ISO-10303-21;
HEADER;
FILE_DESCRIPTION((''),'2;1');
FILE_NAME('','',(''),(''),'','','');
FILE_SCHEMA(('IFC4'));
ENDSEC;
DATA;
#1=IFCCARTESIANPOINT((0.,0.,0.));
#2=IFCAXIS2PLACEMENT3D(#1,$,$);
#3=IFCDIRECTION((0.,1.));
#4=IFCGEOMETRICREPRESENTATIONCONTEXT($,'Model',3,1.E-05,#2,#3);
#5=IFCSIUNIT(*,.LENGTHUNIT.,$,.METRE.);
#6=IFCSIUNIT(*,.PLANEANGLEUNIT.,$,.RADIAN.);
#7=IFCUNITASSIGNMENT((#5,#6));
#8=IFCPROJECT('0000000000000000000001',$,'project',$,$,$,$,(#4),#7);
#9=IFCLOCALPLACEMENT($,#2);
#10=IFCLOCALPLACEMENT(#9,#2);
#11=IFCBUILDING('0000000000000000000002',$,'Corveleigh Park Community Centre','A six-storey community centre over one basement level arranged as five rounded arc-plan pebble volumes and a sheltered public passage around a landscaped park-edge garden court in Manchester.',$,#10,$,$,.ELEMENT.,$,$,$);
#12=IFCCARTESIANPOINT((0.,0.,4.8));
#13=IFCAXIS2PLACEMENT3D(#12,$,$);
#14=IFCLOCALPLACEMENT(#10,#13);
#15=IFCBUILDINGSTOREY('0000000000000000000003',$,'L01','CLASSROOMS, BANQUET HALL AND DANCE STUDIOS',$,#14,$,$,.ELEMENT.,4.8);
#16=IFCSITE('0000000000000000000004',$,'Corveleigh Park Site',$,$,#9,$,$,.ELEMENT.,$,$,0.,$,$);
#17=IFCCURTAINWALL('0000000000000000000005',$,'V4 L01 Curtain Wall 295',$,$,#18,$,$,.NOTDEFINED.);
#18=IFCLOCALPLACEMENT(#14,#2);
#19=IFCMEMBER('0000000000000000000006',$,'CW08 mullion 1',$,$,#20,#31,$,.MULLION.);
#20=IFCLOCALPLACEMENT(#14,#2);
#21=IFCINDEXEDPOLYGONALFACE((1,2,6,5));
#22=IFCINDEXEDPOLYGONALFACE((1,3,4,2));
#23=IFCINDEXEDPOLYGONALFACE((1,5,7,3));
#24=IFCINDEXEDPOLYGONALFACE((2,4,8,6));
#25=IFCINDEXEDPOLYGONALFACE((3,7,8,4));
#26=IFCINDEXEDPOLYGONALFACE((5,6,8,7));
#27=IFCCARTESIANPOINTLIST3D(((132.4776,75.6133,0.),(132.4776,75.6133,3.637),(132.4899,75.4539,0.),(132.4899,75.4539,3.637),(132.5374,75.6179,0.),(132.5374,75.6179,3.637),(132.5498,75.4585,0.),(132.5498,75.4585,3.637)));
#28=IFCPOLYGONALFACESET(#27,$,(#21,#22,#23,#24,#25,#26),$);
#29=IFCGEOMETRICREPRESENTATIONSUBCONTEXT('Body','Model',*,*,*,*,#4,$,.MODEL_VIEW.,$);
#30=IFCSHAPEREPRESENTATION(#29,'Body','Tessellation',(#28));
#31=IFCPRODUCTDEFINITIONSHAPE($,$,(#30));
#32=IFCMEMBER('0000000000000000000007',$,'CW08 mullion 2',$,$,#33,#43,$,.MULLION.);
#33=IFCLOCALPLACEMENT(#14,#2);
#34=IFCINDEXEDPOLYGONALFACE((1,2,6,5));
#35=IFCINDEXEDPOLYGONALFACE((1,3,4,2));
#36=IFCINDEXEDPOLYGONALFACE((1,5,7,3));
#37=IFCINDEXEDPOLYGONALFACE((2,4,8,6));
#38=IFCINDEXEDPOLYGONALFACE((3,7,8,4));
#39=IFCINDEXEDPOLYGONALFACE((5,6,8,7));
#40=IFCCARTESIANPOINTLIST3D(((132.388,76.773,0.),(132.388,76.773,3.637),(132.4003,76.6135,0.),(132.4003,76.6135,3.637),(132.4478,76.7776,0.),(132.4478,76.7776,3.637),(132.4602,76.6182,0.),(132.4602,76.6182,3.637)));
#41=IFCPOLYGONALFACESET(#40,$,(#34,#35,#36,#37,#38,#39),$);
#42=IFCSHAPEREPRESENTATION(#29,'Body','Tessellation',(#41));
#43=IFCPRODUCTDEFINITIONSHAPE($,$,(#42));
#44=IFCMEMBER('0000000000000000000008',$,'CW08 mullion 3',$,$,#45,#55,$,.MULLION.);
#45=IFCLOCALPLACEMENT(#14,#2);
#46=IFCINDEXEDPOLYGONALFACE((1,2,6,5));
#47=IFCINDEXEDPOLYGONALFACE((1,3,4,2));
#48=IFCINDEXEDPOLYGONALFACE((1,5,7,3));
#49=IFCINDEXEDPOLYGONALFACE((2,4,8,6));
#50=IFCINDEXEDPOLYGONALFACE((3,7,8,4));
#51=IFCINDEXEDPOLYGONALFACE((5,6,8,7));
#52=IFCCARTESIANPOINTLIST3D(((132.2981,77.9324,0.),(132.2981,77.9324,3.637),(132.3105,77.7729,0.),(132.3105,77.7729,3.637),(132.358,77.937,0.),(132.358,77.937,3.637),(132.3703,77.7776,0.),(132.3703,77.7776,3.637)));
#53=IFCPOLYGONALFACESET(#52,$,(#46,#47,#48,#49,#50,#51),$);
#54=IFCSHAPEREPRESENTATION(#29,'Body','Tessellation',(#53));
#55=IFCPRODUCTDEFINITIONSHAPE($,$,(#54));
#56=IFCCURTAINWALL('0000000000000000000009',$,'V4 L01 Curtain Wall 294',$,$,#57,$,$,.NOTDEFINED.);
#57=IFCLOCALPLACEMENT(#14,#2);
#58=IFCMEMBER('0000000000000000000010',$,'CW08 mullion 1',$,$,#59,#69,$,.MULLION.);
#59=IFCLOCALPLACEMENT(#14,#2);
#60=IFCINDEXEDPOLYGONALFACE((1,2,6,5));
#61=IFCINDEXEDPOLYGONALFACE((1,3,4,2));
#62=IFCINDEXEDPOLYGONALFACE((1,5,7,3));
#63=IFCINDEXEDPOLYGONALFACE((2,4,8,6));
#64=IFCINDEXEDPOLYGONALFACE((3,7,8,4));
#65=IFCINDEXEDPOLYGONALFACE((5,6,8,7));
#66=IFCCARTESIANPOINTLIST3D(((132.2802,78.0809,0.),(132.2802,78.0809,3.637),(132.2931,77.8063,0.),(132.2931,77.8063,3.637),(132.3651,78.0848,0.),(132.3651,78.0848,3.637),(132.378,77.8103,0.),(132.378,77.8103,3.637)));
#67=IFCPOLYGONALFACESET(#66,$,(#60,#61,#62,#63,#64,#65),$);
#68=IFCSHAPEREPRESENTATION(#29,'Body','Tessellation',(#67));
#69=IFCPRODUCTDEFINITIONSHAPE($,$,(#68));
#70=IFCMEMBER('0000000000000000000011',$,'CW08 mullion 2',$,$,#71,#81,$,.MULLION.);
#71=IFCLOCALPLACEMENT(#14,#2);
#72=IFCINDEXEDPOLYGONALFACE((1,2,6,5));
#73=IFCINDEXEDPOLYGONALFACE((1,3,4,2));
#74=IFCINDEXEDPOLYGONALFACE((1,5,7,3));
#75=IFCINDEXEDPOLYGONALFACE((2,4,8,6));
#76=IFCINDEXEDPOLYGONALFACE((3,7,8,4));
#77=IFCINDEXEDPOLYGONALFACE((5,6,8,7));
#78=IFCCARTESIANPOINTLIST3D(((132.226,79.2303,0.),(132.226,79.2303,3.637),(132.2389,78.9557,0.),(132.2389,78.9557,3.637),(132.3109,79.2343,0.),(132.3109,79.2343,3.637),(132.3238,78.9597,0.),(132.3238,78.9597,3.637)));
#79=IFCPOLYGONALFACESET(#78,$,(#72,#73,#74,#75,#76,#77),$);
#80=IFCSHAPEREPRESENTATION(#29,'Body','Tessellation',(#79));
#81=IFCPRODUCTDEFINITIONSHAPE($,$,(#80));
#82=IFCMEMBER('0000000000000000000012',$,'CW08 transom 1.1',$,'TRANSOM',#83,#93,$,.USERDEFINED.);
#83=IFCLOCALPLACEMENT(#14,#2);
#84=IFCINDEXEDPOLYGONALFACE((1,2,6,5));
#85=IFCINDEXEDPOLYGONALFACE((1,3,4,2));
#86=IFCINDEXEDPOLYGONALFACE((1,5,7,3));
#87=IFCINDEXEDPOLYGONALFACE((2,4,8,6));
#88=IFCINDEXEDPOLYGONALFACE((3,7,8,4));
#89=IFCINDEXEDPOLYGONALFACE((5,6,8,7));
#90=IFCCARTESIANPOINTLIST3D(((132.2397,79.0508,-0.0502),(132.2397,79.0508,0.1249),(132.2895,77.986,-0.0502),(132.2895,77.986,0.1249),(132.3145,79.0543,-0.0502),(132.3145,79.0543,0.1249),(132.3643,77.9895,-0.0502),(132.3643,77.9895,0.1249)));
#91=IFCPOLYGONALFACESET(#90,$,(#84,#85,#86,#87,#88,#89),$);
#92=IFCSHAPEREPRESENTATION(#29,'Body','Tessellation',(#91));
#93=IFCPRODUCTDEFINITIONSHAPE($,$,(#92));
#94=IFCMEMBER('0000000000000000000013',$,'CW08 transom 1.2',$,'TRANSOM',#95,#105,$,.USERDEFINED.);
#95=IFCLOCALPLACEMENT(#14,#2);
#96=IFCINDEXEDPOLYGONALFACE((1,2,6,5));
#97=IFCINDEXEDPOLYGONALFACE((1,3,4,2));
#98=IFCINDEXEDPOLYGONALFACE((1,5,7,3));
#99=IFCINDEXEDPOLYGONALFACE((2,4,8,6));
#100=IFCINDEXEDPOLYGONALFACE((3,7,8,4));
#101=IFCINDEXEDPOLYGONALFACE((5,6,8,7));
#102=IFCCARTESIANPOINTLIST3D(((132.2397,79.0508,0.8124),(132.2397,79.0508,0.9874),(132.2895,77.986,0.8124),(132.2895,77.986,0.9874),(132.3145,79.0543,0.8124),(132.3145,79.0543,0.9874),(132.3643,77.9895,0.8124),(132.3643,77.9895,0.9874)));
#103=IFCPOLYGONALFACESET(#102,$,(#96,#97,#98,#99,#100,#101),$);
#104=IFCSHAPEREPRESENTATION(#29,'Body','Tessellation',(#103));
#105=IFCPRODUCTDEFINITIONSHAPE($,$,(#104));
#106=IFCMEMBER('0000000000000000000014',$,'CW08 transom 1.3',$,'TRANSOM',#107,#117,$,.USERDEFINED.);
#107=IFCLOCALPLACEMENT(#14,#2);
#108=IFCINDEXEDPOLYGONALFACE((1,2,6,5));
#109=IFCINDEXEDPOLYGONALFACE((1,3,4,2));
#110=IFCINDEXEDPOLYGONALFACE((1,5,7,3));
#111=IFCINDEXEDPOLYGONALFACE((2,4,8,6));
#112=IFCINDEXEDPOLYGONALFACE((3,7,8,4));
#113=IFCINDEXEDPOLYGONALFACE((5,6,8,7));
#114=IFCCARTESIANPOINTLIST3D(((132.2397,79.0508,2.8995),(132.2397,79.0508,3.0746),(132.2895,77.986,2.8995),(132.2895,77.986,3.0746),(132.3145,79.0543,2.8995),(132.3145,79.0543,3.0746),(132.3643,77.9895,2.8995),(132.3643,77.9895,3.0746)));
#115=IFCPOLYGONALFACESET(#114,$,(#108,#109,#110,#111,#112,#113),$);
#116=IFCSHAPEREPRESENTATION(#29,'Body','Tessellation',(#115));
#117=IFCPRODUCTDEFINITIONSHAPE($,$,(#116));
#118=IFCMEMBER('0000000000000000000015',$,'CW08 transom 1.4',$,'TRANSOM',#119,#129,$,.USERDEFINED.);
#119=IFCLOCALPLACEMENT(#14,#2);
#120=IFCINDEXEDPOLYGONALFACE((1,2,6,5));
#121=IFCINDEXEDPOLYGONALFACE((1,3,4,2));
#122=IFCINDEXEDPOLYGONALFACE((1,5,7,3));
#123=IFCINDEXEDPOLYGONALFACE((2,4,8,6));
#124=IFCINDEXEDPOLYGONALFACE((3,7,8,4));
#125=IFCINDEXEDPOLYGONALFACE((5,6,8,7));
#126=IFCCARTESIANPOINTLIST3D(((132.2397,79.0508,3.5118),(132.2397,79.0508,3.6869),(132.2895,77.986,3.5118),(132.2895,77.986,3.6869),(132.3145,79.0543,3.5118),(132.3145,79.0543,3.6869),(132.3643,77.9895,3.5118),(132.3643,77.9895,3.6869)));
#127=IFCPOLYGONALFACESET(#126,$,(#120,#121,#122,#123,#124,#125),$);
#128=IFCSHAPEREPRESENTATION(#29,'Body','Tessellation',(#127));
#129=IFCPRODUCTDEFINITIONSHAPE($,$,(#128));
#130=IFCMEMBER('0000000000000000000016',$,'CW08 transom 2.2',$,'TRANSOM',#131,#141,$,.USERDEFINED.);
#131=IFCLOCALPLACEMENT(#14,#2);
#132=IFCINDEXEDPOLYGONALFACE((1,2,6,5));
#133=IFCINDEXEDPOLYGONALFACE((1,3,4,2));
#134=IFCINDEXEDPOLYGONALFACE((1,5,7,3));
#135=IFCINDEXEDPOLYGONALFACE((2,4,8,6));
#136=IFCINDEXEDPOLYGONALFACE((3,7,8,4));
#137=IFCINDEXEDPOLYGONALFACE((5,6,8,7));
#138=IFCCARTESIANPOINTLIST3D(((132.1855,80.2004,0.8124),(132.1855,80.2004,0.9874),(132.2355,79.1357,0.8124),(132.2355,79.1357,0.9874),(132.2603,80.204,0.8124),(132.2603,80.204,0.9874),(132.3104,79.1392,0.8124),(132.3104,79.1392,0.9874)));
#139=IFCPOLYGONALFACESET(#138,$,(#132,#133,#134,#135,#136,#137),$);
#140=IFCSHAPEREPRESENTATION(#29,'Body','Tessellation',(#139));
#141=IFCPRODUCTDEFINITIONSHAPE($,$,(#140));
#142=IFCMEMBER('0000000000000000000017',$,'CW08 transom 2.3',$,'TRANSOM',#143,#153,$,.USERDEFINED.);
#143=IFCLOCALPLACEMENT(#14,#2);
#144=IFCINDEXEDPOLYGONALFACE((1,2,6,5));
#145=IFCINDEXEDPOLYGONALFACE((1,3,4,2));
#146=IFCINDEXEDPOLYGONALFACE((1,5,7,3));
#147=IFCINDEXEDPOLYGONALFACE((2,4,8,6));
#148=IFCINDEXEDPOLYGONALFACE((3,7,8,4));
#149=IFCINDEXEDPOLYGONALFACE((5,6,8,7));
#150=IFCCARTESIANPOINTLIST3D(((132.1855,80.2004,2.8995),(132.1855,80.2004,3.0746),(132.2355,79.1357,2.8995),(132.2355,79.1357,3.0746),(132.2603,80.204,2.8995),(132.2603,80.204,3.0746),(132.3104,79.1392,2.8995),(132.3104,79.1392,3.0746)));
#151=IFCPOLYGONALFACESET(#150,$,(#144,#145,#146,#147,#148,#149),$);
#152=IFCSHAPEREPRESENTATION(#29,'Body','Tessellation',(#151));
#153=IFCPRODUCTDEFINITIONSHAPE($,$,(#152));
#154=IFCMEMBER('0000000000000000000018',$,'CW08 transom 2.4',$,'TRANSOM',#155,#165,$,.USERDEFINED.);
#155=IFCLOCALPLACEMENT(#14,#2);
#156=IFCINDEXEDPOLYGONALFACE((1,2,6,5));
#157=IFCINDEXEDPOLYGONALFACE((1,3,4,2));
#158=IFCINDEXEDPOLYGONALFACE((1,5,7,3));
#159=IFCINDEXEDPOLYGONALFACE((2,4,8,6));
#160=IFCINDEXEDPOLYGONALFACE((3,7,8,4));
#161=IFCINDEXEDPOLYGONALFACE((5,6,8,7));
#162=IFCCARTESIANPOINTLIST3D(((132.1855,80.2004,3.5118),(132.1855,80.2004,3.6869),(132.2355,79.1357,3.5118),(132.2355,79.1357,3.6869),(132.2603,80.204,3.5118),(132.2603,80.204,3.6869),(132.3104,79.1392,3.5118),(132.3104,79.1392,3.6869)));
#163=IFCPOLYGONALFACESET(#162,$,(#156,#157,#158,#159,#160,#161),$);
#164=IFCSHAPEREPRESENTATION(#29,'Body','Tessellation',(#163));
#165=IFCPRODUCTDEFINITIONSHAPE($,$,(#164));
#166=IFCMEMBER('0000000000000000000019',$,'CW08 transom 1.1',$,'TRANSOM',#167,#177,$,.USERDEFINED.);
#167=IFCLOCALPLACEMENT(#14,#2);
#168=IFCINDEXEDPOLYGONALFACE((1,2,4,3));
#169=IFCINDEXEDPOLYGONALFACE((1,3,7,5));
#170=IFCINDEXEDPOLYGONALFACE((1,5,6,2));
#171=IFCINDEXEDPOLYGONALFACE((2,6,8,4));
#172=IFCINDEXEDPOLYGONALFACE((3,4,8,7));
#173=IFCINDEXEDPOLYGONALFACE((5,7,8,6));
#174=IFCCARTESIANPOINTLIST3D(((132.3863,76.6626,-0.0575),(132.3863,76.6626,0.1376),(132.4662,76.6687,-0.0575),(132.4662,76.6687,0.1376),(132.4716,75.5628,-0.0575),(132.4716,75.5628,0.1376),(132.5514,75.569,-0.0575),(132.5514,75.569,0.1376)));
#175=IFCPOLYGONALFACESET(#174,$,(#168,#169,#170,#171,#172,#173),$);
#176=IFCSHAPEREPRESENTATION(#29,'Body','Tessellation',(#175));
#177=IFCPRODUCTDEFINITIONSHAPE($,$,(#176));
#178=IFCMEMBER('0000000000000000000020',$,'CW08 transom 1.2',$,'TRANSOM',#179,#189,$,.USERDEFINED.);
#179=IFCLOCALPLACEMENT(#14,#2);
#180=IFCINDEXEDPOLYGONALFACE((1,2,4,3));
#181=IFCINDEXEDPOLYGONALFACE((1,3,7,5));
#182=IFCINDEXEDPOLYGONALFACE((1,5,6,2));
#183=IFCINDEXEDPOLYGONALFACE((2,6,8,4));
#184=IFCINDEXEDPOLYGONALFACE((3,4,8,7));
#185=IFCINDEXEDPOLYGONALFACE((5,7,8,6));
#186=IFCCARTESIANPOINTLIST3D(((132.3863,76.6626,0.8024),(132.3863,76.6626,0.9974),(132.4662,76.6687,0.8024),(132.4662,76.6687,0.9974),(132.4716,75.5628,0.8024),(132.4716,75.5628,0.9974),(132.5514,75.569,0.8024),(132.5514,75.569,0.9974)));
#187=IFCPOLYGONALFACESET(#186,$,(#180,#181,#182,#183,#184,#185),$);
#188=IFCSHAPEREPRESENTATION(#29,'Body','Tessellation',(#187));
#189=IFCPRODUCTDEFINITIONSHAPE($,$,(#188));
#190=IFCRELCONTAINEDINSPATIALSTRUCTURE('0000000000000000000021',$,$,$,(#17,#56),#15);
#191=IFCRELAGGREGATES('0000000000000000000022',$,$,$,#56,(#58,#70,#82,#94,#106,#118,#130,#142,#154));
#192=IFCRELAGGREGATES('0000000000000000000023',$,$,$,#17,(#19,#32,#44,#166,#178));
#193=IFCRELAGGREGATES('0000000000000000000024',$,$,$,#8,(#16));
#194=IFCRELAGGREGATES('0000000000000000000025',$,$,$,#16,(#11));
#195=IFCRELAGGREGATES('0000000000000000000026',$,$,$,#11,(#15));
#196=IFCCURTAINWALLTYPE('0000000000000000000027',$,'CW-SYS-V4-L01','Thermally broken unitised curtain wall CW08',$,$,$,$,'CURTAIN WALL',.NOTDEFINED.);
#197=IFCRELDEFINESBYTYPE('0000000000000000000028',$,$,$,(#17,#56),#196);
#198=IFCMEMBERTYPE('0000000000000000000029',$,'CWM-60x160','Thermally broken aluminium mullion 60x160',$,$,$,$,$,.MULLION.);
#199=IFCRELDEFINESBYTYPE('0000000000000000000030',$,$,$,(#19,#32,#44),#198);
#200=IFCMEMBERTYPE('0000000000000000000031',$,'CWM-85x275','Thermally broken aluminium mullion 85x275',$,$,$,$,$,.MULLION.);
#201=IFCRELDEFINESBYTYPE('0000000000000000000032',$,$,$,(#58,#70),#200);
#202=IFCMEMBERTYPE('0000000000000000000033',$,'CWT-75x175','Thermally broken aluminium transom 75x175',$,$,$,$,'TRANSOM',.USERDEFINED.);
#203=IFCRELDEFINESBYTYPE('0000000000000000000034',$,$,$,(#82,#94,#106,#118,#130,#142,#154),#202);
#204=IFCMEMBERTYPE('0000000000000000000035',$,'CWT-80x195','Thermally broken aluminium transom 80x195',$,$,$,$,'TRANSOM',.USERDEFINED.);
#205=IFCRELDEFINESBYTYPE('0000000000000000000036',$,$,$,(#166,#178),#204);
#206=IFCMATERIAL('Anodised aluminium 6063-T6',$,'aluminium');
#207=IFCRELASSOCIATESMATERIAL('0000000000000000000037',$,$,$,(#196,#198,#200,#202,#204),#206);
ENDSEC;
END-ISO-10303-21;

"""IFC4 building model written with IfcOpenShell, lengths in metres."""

from ifc_helpers import new_model, si_unit, direction, frame, origin, origin_2d, place, context, subcontext, project, spatial, rectangle, extrude, material, material_profile, profile_set, type_object, element, aggregate, save


model = new_model("IFC4")

# Units and contexts
model_context = context("Model", 3, precision=1e-05, world=origin(), true_north=direction((0.0, 1.0)))
body_context = subcontext(model_context, "Body", "Model", "MODEL_VIEW")
ifc_project = project(units=[si_unit("LENGTHUNIT", "METRE"), si_unit("PLANEANGLEUNIT", "RADIAN")], contexts=[model_context])

# Site, building, storey
site_placement = place(None, origin())
site = spatial("IfcSite", under=ifc_project, at=site_placement, Name="Corveleigh Park Site", CompositionType="ELEMENT", RefElevation=0.0)
building_placement = place(site_placement, origin())
building = spatial("IfcBuilding", under=site, at=building_placement, Name="Corveleigh Park Community Centre", Description="A six-storey community centre over one basement level arranged as five rounded arc-plan pebble volumes and a sheltered public passage around a landscaped park-edge garden court in Manchester.", CompositionType="ELEMENT")
storey_placement = place(building_placement, frame((0.0, 0.0, 4.8)))
storey = spatial("IfcBuildingStorey", under=building, at=storey_placement, Name="L01", Description="CLASSROOMS, BANQUET HALL AND DANCE STUDIOS", CompositionType="ELEMENT", Elevation=4.8)

# Curtain walls, members
ifc_material_1 = material(Name="Anodised aluminium 6063-T6", Category="aluminium")
curtain_wall_type = type_object("IfcCurtainWallType", Name="CW-SYS-V4-L01", Description="Thermally broken unitised curtain wall CW08", ElementType="CURTAIN WALL", PredefinedType="NOTDEFINED", material=ifc_material_1)
curtain_wall_1_placement = place(storey_placement, origin())
curtain_wall_1 = element("IfcCurtainWall", 1, at=curtain_wall_1_placement, inside=storey, type_object=curtain_wall_type, Name="V4 L01 Curtain Wall 295", PredefinedType="NOTDEFINED")
ifc_material_profile_1 = material_profile(ifc_material_1, rectangle(XDim=0.0601, YDim=0.1599, at=origin_2d()), Name="ALU-M60x160", Category="aluminium")
ifc_profile_set_1 = profile_set([ifc_material_profile_1], Name="Anodised aluminium 6063-T6")
member_type_1 = type_object("IfcMemberType", Name="CWM-60x160", Description="Thermally broken aluminium mullion 60x160", PredefinedType="MULLION", material=ifc_profile_set_1)
member_1_placement = place(storey_placement, frame((132.5137, 75.5359, 0.0), z_axis=(0.0, 0.0, 1.0), x_axis=(-0.997022, -0.077113, 0.0)))
member_1 = element("IfcMember", 2, at=member_1_placement, type_object=member_type_1, Name="CW08 mullion 1", PredefinedType="MULLION", context=body_context, shape_type="SweptSolid", body=[
    extrude(rectangle(XDim=0.0601, YDim=0.1599, at=origin_2d()), origin(), (0.0, 0.0, 1.0), 3.637),
])
member_2_placement = place(storey_placement, frame((132.4241, 76.6956, 0.0), z_axis=(0.0, 0.0, 1.0), x_axis=(-0.997022, -0.077113, 0.0)))
member_2 = element("IfcMember", 3, at=member_2_placement, type_object=member_type_1, Name="CW08 mullion 2", PredefinedType="MULLION", context=body_context, shape_type="SweptSolid", body=[
    extrude(rectangle(XDim=0.0601, YDim=0.1599, at=origin_2d()), origin(), (0.0, 0.0, 1.0), 3.637),
])
member_3_placement = place(storey_placement, frame((132.3342, 77.855, 0.0), z_axis=(0.0, 0.0, 1.0), x_axis=(-0.997022, -0.077113, 0.0)))
member_3 = element("IfcMember", 4, at=member_3_placement, type_object=member_type_1, Name="CW08 mullion 3", PredefinedType="MULLION", context=body_context, shape_type="SweptSolid", body=[
    extrude(rectangle(XDim=0.0601, YDim=0.1599, at=origin_2d()), origin(), (0.0, 0.0, 1.0), 3.637),
])
curtain_wall_2_placement = place(storey_placement, origin())
curtain_wall_2 = element("IfcCurtainWall", 5, at=curtain_wall_2_placement, inside=storey, type_object=curtain_wall_type, Name="V4 L01 Curtain Wall 294", PredefinedType="NOTDEFINED")
ifc_material_profile_2 = material_profile(ifc_material_1, rectangle(XDim=0.085, YDim=0.2749, at=origin_2d()), Name="ALU-M85x275", Category="aluminium")
ifc_profile_set_2 = profile_set([ifc_material_profile_2], Name="Anodised aluminium 6063-T6")
member_type_2 = type_object("IfcMemberType", Name="CWM-85x275", Description="Thermally broken aluminium mullion 85x275", PredefinedType="MULLION", material=ifc_profile_set_2)
member_4_placement = place(storey_placement, frame((132.3291, 77.9456, 0.0), z_axis=(0.0, 0.0, 1.0), x_axis=(-0.998898, -0.046928, 0.0)))
member_4 = element("IfcMember", 6, at=member_4_placement, type_object=member_type_2, Name="CW08 mullion 1", PredefinedType="MULLION", context=body_context, shape_type="SweptSolid", body=[
    extrude(rectangle(XDim=0.085, YDim=0.2749, at=origin_2d()), origin(), (0.0, 0.0, 1.0), 3.637),
])
member_5_placement = place(storey_placement, frame((132.2749, 79.095, 0.0), z_axis=(0.0, 0.0, 1.0), x_axis=(-0.998898, -0.046928, 0.0)))
member_5 = element("IfcMember", 7, at=member_5_placement, type_object=member_type_2, Name="CW08 mullion 2", PredefinedType="MULLION", context=body_context, shape_type="SweptSolid", body=[
    extrude(rectangle(XDim=0.085, YDim=0.2749, at=origin_2d()), origin(), (0.0, 0.0, 1.0), 3.637),
])
ifc_material_profile_3 = material_profile(ifc_material_1, rectangle(XDim=0.075, YDim=0.175, at=origin_2d()), Name="ALU-T75x175", Category="aluminium")
ifc_profile_set_3 = profile_set([ifc_material_profile_3], Name="Anodised aluminium 6063-T6")
member_type_3 = type_object("IfcMemberType", Name="CWT-75x175", Description="Thermally broken aluminium transom 75x175", ElementType="TRANSOM", PredefinedType="USERDEFINED", material=ifc_profile_set_3)
member_6_placement = place(storey_placement, frame((132.3269, 77.9878, 0.0374), z_axis=(-0.046727, 0.998908, 0.0), x_axis=(-0.998908, -0.046727, 0.0)))
member_6 = element("IfcMember", 8, at=member_6_placement, type_object=member_type_3, Name="CW08 transom 1.1", ObjectType="TRANSOM", PredefinedType="USERDEFINED", context=body_context, shape_type="SweptSolid", body=[
    extrude(rectangle(XDim=0.075, YDim=0.175, at=origin_2d()), origin(), (0.0, 0.0, 1.0), 1.0659),
])
member_7_placement = place(storey_placement, frame((132.3269, 77.9878, 0.8999), z_axis=(-0.046727, 0.998908, 0.0), x_axis=(-0.998908, -0.046727, 0.0)))
member_7 = element("IfcMember", 9, at=member_7_placement, type_object=member_type_3, Name="CW08 transom 1.2", ObjectType="TRANSOM", PredefinedType="USERDEFINED", context=body_context, shape_type="SweptSolid", body=[
    extrude(rectangle(XDim=0.075, YDim=0.175, at=origin_2d()), origin(), (0.0, 0.0, 1.0), 1.0659),
])
member_8_placement = place(storey_placement, frame((132.3269, 77.9878, 2.9871), z_axis=(-0.046727, 0.998908, 0.0), x_axis=(-0.998908, -0.046727, 0.0)))
member_8 = element("IfcMember", 10, at=member_8_placement, type_object=member_type_3, Name="CW08 transom 1.3", ObjectType="TRANSOM", PredefinedType="USERDEFINED", context=body_context, shape_type="SweptSolid", body=[
    extrude(rectangle(XDim=0.075, YDim=0.175, at=origin_2d()), origin(), (0.0, 0.0, 1.0), 1.0659),
])
member_9_placement = place(storey_placement, frame((132.3269, 77.9878, 3.5994), z_axis=(-0.046727, 0.998908, 0.0), x_axis=(-0.998908, -0.046727, 0.0)))
member_9 = element("IfcMember", 11, at=member_9_placement, type_object=member_type_3, Name="CW08 transom 1.4", ObjectType="TRANSOM", PredefinedType="USERDEFINED", context=body_context, shape_type="SweptSolid", body=[
    extrude(rectangle(XDim=0.075, YDim=0.175, at=origin_2d()), origin(), (0.0, 0.0, 1.0), 1.0659),
])
member_10_placement = place(storey_placement, frame((132.2729, 79.1375, 0.8999), z_axis=(-0.046956, 0.998897, 0.0), x_axis=(-0.998897, -0.046956, 0.0)))
member_10 = element("IfcMember", 12, at=member_10_placement, type_object=member_type_3, Name="CW08 transom 2.2", ObjectType="TRANSOM", PredefinedType="USERDEFINED", context=body_context, shape_type="SweptSolid", body=[
    extrude(rectangle(XDim=0.075, YDim=0.175, at=origin_2d()), origin(), (0.0, 0.0, 1.0), 1.0659),
])
member_11_placement = place(storey_placement, frame((132.2729, 79.1375, 2.9871), z_axis=(-0.046956, 0.998897, 0.0), x_axis=(-0.998897, -0.046956, 0.0)))
member_11 = element("IfcMember", 13, at=member_11_placement, type_object=member_type_3, Name="CW08 transom 2.3", ObjectType="TRANSOM", PredefinedType="USERDEFINED", context=body_context, shape_type="SweptSolid", body=[
    extrude(rectangle(XDim=0.075, YDim=0.175, at=origin_2d()), origin(), (0.0, 0.0, 1.0), 1.0659),
])
member_12_placement = place(storey_placement, frame((132.2729, 79.1375, 3.5994), z_axis=(-0.046956, 0.998897, 0.0), x_axis=(-0.998897, -0.046956, 0.0)))
member_12 = element("IfcMember", 14, at=member_12_placement, type_object=member_type_3, Name="CW08 transom 2.4", ObjectType="TRANSOM", PredefinedType="USERDEFINED", context=body_context, shape_type="SweptSolid", body=[
    extrude(rectangle(XDim=0.075, YDim=0.175, at=origin_2d()), origin(), (0.0, 0.0, 1.0), 1.0659),
])

# Members
ifc_material_profile_4 = material_profile(ifc_material_1, rectangle(XDim=0.0801, YDim=0.1951, at=origin_2d()), Name="ALU-T80x195", Category="aluminium")
ifc_profile_set_4 = profile_set([ifc_material_profile_4], Name="Anodised aluminium 6063-T6")
member_type_4 = type_object("IfcMemberType", Name="CWT-80x195", Description="Thermally broken aluminium transom 80x195", ElementType="TRANSOM", PredefinedType="USERDEFINED", material=ifc_profile_set_4)
member_13_placement = place(storey_placement, frame((132.5115, 75.5659, 0.04), z_axis=(-0.077255, 0.997011, 0.0), x_axis=(-0.997011, -0.077255, 0.0)))
member_13 = element("IfcMember", 15, at=member_13_placement, type_object=member_type_4, Name="CW08 transom 1.1", ObjectType="TRANSOM", PredefinedType="USERDEFINED", context=body_context, shape_type="SweptSolid", body=[
    extrude(rectangle(XDim=0.0801, YDim=0.1951, at=origin_2d()), origin(), (0.0, 0.0, 1.0), 1.103),
])
member_14_placement = place(storey_placement, frame((132.5115, 75.5659, 0.8999), z_axis=(-0.077255, 0.997011, 0.0), x_axis=(-0.997011, -0.077255, 0.0)))
member_14 = element("IfcMember", 16, at=member_14_placement, type_object=member_type_4, Name="CW08 transom 1.2", ObjectType="TRANSOM", PredefinedType="USERDEFINED", context=body_context, shape_type="SweptSolid", body=[
    extrude(rectangle(XDim=0.0801, YDim=0.1951, at=origin_2d()), origin(), (0.0, 0.0, 1.0), 1.103),
])

aggregate(curtain_wall_2, [member_4, member_5, member_6, member_7, member_8, member_9, member_10, member_11, member_12])
aggregate(curtain_wall_1, [member_1, member_2, member_3, member_13, member_14])

save(model, "model.ifc")
